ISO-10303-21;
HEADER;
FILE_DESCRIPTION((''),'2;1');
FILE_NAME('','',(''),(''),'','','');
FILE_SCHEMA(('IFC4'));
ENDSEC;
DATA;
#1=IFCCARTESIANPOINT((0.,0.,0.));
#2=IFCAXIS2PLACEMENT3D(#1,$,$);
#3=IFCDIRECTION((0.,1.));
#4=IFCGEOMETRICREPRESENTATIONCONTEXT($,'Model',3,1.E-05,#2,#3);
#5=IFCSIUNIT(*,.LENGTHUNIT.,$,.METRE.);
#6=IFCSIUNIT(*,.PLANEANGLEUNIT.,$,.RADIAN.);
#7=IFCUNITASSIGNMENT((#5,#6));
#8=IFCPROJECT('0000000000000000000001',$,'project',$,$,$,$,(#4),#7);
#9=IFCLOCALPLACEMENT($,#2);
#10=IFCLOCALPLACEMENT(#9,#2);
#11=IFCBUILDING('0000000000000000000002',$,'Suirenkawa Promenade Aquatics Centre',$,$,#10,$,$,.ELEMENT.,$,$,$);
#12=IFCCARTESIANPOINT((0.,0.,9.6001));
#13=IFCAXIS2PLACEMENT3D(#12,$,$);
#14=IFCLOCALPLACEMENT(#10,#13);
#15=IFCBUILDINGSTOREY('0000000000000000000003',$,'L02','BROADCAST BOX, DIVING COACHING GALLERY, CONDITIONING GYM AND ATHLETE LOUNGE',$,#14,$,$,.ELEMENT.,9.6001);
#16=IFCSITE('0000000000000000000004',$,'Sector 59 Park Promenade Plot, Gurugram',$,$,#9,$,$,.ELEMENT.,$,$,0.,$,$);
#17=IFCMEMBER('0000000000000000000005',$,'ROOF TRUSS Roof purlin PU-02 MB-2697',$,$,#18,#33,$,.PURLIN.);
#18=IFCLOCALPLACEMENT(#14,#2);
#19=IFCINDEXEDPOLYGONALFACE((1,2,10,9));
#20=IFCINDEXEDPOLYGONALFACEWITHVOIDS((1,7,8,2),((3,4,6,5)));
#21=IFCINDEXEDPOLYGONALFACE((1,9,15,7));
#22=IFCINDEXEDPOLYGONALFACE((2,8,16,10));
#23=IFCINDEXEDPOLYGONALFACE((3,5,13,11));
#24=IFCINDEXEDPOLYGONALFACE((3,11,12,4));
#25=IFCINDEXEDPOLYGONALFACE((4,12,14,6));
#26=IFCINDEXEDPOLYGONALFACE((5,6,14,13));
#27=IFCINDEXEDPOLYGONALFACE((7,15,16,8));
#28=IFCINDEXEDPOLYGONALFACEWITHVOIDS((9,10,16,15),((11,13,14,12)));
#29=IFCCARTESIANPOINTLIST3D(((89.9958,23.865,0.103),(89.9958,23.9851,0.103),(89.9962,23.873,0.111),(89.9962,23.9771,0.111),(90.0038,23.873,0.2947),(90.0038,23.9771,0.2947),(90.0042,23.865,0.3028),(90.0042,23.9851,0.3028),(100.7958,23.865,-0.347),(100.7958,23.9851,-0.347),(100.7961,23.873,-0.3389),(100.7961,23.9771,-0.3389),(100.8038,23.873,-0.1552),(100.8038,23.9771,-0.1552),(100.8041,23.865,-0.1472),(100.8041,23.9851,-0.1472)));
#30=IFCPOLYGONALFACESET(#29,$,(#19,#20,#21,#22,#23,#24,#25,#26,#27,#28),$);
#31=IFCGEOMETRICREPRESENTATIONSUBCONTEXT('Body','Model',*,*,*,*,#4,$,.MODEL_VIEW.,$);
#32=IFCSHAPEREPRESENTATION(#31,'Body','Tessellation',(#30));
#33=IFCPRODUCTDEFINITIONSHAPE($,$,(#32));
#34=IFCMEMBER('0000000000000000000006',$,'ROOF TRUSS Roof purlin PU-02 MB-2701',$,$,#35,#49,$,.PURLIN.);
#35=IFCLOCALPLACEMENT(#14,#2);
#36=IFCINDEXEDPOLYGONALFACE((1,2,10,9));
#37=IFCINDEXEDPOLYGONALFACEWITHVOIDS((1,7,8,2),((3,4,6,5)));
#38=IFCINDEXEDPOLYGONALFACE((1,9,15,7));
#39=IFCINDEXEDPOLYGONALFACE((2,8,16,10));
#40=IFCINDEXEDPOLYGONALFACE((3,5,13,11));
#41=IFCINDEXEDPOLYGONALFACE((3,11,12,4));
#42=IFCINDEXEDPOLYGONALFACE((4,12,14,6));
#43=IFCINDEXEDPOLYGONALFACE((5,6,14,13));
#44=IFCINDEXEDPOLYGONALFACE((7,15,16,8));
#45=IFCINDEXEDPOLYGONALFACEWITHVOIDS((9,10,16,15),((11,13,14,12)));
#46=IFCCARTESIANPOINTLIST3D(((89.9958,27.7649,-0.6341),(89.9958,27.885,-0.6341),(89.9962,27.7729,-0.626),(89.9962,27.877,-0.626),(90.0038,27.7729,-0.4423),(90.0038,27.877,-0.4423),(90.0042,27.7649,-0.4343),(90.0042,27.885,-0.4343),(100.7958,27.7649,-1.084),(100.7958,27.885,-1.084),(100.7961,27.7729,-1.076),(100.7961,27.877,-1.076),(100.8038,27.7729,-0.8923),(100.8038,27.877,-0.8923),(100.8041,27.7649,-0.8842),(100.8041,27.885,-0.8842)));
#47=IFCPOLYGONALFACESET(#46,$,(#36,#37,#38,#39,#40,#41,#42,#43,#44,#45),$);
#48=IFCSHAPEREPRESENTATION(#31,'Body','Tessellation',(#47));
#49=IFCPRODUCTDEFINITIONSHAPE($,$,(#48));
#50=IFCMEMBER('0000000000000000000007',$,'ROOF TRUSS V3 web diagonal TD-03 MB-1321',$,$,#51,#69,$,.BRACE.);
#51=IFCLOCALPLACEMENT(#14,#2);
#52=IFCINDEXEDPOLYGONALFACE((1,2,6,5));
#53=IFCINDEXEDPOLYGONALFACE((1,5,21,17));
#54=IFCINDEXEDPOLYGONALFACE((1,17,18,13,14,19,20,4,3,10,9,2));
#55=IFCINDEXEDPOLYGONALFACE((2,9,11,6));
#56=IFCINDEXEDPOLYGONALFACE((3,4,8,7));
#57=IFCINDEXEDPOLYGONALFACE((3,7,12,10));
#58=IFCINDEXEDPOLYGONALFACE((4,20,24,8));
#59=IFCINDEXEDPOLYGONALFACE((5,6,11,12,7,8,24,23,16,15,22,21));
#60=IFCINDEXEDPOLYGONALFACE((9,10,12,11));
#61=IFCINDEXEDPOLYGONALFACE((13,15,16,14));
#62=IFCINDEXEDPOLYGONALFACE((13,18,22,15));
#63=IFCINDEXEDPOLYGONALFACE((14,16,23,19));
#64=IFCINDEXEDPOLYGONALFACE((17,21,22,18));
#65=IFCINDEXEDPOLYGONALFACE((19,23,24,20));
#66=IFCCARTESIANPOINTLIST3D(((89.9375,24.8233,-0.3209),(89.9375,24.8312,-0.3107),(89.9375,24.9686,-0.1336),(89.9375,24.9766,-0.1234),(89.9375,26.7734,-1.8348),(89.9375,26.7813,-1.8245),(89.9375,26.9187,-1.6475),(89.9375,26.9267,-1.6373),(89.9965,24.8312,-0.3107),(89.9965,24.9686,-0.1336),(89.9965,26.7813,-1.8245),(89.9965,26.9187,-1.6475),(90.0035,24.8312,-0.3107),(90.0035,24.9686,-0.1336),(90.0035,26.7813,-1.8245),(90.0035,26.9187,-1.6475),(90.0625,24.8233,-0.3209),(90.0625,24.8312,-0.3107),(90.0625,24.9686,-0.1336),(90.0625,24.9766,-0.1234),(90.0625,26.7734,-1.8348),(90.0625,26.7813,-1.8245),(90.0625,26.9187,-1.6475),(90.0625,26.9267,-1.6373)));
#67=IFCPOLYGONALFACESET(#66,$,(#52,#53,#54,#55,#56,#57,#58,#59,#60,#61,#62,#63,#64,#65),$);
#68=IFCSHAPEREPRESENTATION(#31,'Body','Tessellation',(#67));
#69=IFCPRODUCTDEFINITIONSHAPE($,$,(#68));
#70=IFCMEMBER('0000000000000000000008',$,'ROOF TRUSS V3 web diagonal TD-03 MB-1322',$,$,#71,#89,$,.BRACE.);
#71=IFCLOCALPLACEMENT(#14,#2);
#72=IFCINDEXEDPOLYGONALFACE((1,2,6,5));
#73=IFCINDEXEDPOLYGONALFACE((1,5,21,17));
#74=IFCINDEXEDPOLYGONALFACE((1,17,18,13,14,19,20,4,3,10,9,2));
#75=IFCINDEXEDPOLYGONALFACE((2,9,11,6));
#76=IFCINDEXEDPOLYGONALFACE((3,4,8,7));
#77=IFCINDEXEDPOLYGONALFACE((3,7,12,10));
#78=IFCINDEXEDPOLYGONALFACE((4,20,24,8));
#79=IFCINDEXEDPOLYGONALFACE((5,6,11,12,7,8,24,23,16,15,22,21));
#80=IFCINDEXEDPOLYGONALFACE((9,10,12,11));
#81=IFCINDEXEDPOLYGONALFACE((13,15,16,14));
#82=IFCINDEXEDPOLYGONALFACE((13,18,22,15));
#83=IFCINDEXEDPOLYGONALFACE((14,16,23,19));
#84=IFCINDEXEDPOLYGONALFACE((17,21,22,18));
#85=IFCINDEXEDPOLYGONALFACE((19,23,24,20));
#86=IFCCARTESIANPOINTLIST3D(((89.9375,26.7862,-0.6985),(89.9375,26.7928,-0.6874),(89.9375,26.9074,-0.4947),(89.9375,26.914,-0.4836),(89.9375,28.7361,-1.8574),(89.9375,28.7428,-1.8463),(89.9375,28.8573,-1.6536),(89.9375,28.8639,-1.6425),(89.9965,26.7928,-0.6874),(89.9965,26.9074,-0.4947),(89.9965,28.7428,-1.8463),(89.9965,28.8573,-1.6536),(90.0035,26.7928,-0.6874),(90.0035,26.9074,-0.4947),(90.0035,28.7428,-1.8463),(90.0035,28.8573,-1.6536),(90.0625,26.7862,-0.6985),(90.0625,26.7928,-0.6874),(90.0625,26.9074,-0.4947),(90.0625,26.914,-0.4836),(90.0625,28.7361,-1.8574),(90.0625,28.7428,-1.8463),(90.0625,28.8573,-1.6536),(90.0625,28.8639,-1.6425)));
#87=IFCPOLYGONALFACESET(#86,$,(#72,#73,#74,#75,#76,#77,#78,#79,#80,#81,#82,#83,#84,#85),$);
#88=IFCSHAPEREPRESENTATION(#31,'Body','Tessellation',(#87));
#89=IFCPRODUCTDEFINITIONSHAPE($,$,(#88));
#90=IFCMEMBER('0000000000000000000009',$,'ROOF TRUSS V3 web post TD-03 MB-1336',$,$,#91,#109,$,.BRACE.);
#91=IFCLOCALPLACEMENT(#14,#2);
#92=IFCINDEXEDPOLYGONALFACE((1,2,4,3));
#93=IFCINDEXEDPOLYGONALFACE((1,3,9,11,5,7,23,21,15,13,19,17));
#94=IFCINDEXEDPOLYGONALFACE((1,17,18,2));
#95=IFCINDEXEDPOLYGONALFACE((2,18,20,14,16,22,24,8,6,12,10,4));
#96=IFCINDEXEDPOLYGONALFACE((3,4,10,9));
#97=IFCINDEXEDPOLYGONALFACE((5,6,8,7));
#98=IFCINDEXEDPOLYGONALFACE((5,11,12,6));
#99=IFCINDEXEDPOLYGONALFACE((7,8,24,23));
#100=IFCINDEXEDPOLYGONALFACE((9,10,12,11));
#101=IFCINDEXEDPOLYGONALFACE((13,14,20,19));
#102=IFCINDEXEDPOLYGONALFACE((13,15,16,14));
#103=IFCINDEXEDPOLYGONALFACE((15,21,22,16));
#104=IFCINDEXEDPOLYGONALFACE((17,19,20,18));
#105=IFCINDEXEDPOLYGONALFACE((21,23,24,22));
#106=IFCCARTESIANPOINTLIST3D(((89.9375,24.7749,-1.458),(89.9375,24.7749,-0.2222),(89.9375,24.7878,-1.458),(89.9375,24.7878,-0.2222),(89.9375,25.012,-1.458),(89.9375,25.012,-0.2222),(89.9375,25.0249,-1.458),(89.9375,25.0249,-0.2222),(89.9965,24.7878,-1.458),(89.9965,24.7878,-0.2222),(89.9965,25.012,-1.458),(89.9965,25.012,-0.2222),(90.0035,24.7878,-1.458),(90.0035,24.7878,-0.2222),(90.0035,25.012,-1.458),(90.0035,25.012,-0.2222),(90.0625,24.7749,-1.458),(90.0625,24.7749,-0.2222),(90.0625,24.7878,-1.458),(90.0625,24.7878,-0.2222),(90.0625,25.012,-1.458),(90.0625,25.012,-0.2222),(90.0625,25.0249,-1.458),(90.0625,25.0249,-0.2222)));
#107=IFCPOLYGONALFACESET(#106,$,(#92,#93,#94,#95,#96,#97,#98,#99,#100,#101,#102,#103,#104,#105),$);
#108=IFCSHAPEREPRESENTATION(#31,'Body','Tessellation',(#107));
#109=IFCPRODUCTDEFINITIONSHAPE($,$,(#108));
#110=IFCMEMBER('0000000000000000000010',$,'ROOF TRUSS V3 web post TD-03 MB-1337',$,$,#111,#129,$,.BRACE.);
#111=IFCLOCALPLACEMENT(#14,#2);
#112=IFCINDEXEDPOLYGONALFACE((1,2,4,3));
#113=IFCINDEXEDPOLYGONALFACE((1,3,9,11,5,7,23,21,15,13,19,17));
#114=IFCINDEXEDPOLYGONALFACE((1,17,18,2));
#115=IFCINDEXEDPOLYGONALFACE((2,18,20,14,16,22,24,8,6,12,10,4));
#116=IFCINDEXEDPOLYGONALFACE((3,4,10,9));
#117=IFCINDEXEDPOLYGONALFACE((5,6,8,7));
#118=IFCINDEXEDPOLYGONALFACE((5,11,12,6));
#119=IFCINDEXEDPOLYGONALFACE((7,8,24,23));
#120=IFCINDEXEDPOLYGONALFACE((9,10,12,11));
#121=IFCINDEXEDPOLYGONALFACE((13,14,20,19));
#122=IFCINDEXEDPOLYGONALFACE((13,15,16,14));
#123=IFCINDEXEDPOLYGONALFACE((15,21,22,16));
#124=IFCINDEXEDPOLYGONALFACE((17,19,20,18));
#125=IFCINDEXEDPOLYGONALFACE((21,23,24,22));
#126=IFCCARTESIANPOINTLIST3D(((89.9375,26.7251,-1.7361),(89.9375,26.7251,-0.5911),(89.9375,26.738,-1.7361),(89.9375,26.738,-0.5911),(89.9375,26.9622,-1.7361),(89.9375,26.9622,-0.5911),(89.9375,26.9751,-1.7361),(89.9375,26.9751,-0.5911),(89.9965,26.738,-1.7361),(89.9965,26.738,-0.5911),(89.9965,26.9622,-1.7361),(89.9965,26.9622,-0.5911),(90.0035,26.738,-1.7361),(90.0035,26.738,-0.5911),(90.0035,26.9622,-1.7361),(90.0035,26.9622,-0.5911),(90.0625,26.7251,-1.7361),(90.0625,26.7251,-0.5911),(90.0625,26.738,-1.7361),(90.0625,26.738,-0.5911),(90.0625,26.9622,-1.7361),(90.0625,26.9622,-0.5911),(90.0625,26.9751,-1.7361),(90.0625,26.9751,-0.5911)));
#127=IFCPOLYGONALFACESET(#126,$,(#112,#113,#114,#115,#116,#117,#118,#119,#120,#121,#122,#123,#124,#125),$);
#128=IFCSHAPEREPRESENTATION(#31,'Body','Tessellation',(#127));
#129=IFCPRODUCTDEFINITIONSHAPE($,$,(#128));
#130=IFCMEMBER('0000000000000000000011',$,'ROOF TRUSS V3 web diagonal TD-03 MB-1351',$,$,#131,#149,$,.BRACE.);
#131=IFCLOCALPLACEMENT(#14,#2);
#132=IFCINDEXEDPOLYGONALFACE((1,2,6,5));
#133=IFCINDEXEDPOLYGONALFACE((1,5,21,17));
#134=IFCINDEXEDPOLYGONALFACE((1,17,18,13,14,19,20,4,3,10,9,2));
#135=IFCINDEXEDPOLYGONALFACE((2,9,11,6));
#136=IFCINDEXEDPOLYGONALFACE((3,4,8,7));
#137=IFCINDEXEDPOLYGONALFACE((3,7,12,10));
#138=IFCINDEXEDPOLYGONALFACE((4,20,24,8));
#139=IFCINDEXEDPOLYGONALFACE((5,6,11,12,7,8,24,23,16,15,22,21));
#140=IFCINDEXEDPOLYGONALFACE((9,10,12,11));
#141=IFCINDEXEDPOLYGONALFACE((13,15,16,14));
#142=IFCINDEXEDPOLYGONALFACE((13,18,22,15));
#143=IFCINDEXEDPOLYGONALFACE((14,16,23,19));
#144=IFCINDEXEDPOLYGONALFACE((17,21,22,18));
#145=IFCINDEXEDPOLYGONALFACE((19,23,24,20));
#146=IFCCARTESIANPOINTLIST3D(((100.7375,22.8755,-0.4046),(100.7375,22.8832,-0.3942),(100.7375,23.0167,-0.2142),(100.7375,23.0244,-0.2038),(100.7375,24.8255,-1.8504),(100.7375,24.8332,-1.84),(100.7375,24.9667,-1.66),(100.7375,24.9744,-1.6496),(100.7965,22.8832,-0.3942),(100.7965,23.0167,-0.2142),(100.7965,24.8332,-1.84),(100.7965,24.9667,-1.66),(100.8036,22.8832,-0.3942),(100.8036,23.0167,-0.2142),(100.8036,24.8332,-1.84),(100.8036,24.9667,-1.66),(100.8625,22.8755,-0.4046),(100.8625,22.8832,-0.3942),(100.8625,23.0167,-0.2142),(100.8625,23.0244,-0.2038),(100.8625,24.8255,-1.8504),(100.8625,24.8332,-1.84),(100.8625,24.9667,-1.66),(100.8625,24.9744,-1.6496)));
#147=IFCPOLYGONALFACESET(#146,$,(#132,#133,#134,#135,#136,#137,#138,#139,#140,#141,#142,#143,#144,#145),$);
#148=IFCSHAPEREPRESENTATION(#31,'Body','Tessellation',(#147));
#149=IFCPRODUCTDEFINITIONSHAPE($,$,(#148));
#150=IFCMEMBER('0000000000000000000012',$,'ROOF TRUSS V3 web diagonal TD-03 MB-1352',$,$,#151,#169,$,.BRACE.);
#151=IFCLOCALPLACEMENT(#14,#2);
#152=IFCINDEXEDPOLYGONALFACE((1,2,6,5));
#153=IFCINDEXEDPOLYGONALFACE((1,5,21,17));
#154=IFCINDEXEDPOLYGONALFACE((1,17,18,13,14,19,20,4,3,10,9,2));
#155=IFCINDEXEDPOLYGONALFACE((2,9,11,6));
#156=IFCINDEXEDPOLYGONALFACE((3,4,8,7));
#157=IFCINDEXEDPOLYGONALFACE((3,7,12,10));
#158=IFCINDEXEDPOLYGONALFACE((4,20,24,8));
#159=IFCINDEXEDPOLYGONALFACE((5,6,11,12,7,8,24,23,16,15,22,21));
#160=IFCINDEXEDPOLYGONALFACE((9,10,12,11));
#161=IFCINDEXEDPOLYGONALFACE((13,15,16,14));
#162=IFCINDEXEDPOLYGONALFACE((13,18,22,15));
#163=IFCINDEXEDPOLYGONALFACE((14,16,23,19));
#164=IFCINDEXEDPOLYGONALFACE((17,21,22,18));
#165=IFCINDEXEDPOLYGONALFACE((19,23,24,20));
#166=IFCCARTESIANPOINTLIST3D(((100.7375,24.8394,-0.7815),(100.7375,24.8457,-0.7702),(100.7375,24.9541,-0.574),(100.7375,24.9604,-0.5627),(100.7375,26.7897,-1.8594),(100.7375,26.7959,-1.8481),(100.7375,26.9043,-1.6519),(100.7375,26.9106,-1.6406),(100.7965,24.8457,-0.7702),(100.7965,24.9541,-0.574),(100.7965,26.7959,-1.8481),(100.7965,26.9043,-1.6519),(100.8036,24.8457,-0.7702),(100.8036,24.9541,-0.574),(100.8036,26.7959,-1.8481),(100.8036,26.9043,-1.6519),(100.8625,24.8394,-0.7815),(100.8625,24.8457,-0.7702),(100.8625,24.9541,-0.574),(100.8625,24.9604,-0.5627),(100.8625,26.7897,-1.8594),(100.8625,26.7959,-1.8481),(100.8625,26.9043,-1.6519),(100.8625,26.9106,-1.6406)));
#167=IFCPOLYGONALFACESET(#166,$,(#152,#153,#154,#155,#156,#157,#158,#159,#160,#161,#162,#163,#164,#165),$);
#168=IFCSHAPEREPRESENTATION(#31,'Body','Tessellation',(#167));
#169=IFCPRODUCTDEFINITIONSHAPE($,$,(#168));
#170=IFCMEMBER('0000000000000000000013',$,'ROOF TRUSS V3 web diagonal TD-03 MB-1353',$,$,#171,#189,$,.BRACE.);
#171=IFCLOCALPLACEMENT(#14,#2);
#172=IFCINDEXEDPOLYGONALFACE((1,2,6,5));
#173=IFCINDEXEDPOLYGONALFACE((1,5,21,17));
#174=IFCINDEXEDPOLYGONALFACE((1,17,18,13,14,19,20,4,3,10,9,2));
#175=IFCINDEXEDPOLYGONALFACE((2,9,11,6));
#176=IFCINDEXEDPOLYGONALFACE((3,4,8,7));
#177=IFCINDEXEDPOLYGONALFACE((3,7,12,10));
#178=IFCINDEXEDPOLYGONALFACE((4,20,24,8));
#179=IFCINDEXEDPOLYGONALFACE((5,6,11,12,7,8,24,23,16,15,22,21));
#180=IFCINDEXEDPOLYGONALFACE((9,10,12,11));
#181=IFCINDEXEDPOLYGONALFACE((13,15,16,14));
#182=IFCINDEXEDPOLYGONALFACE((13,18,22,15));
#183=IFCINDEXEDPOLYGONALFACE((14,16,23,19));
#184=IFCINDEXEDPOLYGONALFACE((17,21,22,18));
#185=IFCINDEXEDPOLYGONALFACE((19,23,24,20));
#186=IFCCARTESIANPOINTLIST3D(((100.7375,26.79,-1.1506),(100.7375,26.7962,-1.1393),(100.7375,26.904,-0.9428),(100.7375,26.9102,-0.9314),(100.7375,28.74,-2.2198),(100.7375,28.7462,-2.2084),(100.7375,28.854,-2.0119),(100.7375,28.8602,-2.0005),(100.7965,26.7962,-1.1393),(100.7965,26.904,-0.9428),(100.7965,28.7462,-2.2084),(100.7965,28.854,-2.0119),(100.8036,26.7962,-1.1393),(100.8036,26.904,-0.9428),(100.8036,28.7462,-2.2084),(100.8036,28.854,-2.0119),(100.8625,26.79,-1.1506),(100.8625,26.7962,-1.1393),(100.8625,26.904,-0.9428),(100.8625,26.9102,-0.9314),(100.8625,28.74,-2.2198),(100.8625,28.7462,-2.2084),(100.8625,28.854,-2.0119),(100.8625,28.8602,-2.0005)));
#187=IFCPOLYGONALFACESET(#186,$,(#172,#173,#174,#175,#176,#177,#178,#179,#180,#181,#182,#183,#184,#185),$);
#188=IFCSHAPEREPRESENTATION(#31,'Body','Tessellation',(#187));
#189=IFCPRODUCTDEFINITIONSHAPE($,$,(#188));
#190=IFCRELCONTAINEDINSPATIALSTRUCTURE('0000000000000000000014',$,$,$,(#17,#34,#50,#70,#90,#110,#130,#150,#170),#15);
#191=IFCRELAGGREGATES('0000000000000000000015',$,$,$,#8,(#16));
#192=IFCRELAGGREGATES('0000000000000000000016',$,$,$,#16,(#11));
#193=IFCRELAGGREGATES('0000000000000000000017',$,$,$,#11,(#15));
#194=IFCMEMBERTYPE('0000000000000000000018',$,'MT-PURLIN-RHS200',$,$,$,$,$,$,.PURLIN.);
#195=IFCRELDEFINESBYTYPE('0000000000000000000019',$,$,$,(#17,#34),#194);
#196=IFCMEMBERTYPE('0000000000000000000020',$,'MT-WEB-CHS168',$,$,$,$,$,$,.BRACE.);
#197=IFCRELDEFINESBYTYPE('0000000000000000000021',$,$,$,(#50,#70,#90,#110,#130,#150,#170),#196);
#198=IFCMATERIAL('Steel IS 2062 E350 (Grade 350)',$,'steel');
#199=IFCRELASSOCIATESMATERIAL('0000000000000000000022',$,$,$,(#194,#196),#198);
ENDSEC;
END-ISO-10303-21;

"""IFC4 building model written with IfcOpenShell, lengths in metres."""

from ifc_helpers import new_model, si_unit, direction, frame, origin, origin_2d, place, context, subcontext, project, spatial, hollow_rectangle, i_section, extrude, material, material_profile, profile_set, type_object, element, save


model = new_model("IFC4")

# Units and contexts
model_context = context("Model", 3, precision=1e-05, world=origin(), true_north=direction((0.0, 1.0)))
body_context = subcontext(model_context, "Body", "Model", "MODEL_VIEW")
ifc_project = project(units=[si_unit("LENGTHUNIT", "METRE"), si_unit("PLANEANGLEUNIT", "RADIAN")], contexts=[model_context])

# Site, building, storey
site_placement = place(None, origin())
site = spatial("IfcSite", under=ifc_project, at=site_placement, Name="Sector 59 Park Promenade Plot, Gurugram", CompositionType="ELEMENT", RefElevation=0.0)
building_placement = place(site_placement, origin())
building = spatial("IfcBuilding", under=site, at=building_placement, Name="Suirenkawa Promenade Aquatics Centre", CompositionType="ELEMENT")
storey_placement = place(building_placement, frame((0.0, 0.0, 9.6001)))
storey = spatial("IfcBuildingStorey", under=building, at=storey_placement, Name="L02", Description="BROADCAST BOX, DIVING COACHING GALLERY, CONDITIONING GYM AND ATHLETE LOUNGE", CompositionType="ELEMENT", Elevation=9.6001)

# Shared definitions
ifc_material = material(Name="Steel IS 2062 E350 (Grade 350)", Category="steel")

# Members
ifc_material_profile_1 = material_profile(ifc_material, hollow_rectangle(XDim=0.1201, YDim=0.2, WallThickness=0.0081, at=origin_2d()), Name="RHS 200x120x8", Category="steel")
ifc_profile_set_1 = profile_set([ifc_material_profile_1], Name="Steel IS 2062 E350 (Grade 350)")
member_type_1 = type_object("IfcMemberType", Name="MT-PURLIN-RHS200", PredefinedType="PURLIN", material=ifc_profile_set_1)
for number, where, z_axis, x_axis, name in (
    (1, (90.0, 23.925, 0.2029), (0.999133, 0.0, -0.041626), (0.0, 1.0, 0.0), "ROOF TRUSS Roof purlin PU-02 MB-2697"),
    (2, (90.0, 27.825, -0.5342), (0.999133, 0.0, -0.041626), (0.0, 1.0, 0.0), "ROOF TRUSS Roof purlin PU-02 MB-2701"),
):
    element("IfcMember", number, at=place(storey_placement, frame(where, z_axis=z_axis, x_axis=x_axis)), inside=storey, type_object=member_type_1, Name=name, PredefinedType="PURLIN", context=body_context, shape_type="SweptSolid", body=[
        extrude(hollow_rectangle(XDim=0.1201, YDim=0.2, WallThickness=0.0081, at=origin_2d()), origin(), (0.0, 0.0, 1.0), 10.8093),
    ])
ifc_material_profile_2 = material_profile(ifc_material, i_section(OverallWidth=0.125, OverallDepth=0.25, WebThickness=0.0071, FlangeThickness=0.0129, at=origin_2d()), Name="ISMB 250", Category="steel")
ifc_profile_set_2 = profile_set([ifc_material_profile_2], Name="Steel IS 2062 E350 (Grade 350)")
member_type_2 = type_object("IfcMemberType", Name="MT-WEB-CHS168", PredefinedType="BRACE", material=ifc_profile_set_2)
member_1_placement = place(storey_placement, frame((90.0, 24.8999, -0.2222), z_axis=(0.0, 0.789922, -0.613208), x_axis=(-1.0, 0.0, 0.0)))
element("IfcMember", 3, at=member_1_placement, inside=storey, type_object=member_type_2, Name="ROOF TRUSS V3 web diagonal TD-03 MB-1321", PredefinedType="BRACE", context=body_context, shape_type="SweptSolid", body=[
    extrude(i_section(OverallWidth=0.125, OverallDepth=0.25, WebThickness=0.0071, FlangeThickness=0.0129, at=origin_2d()), origin(), (0.0, 0.0, 1.0), 2.4688),
])
member_2_placement = place(storey_placement, frame((90.0, 26.8501, -0.5911), z_axis=(0.0, 0.859632, -0.510914), x_axis=(-1.0, 0.0, 0.0)))
element("IfcMember", 4, at=member_2_placement, inside=storey, type_object=member_type_2, Name="ROOF TRUSS V3 web diagonal TD-03 MB-1322", PredefinedType="BRACE", context=body_context, shape_type="SweptSolid", body=[
    extrude(i_section(OverallWidth=0.125, OverallDepth=0.25, WebThickness=0.0071, FlangeThickness=0.0129, at=origin_2d()), origin(), (0.0, 0.0, 1.0), 2.2683),
])
member_3_placement = place(storey_placement, frame((90.0, 24.8999, -1.458), z_axis=(0.0, 0.0, 1.0), x_axis=(1.0, 0.0, 0.0)))
element("IfcMember", 5, at=member_3_placement, inside=storey, type_object=member_type_2, Name="ROOF TRUSS V3 web post TD-03 MB-1336", PredefinedType="BRACE", context=body_context, shape_type="SweptSolid", body=[
    extrude(i_section(OverallWidth=0.125, OverallDepth=0.25, WebThickness=0.0071, FlangeThickness=0.0129, at=origin_2d()), origin(), (0.0, 0.0, 1.0), 1.2358),
])
member_4_placement = place(storey_placement, frame((90.0, 26.8501, -1.7361), z_axis=(0.0, 0.0, 1.0), x_axis=(1.0, 0.0, 0.0)))
element("IfcMember", 6, at=member_4_placement, inside=storey, type_object=member_type_2, Name="ROOF TRUSS V3 web post TD-03 MB-1337", PredefinedType="BRACE", context=body_context, shape_type="SweptSolid", body=[
    extrude(i_section(OverallWidth=0.125, OverallDepth=0.25, WebThickness=0.0071, FlangeThickness=0.0129, at=origin_2d()), origin(), (0.0, 0.0, 1.0), 1.145),
])
member_5_placement = place(storey_placement, frame((100.8, 22.95, -0.3042), z_axis=(0.0, 0.803283, -0.595598), x_axis=(-1.0, 0.0, 0.0)))
element("IfcMember", 7, at=member_5_placement, inside=storey, type_object=member_type_2, Name="ROOF TRUSS V3 web diagonal TD-03 MB-1351", PredefinedType="BRACE", context=body_context, shape_type="SweptSolid", body=[
    extrude(i_section(OverallWidth=0.125, OverallDepth=0.25, WebThickness=0.0071, FlangeThickness=0.0129, at=origin_2d()), origin(), (0.0, 0.0, 1.0), 2.4275),
])
member_6_placement = place(storey_placement, frame((100.8, 24.8999, -0.6721), z_axis=(0.0, 0.875215, -0.483735), x_axis=(-1.0, 0.0, 0.0)))
element("IfcMember", 8, at=member_6_placement, inside=storey, type_object=member_type_2, Name="ROOF TRUSS V3 web diagonal TD-03 MB-1352", PredefinedType="BRACE", context=body_context, shape_type="SweptSolid", body=[
    extrude(i_section(OverallWidth=0.125, OverallDepth=0.25, WebThickness=0.0071, FlangeThickness=0.0129, at=origin_2d()), origin(), (0.0, 0.0, 1.0), 2.2283),
])
member_7_placement = place(storey_placement, frame((100.8, 26.8501, -1.041), z_axis=(0.0, 0.876857, -0.480751), x_axis=(-1.0, 0.0, 0.0)))
element("IfcMember", 9, at=member_7_placement, inside=storey, type_object=member_type_2, Name="ROOF TRUSS V3 web diagonal TD-03 MB-1353", PredefinedType="BRACE", context=body_context, shape_type="SweptSolid", body=[
    extrude(i_section(OverallWidth=0.125, OverallDepth=0.25, WebThickness=0.0071, FlangeThickness=0.0129, at=origin_2d()), origin(), (0.0, 0.0, 1.0), 2.2239),
])

save(model, "model.ifc")
